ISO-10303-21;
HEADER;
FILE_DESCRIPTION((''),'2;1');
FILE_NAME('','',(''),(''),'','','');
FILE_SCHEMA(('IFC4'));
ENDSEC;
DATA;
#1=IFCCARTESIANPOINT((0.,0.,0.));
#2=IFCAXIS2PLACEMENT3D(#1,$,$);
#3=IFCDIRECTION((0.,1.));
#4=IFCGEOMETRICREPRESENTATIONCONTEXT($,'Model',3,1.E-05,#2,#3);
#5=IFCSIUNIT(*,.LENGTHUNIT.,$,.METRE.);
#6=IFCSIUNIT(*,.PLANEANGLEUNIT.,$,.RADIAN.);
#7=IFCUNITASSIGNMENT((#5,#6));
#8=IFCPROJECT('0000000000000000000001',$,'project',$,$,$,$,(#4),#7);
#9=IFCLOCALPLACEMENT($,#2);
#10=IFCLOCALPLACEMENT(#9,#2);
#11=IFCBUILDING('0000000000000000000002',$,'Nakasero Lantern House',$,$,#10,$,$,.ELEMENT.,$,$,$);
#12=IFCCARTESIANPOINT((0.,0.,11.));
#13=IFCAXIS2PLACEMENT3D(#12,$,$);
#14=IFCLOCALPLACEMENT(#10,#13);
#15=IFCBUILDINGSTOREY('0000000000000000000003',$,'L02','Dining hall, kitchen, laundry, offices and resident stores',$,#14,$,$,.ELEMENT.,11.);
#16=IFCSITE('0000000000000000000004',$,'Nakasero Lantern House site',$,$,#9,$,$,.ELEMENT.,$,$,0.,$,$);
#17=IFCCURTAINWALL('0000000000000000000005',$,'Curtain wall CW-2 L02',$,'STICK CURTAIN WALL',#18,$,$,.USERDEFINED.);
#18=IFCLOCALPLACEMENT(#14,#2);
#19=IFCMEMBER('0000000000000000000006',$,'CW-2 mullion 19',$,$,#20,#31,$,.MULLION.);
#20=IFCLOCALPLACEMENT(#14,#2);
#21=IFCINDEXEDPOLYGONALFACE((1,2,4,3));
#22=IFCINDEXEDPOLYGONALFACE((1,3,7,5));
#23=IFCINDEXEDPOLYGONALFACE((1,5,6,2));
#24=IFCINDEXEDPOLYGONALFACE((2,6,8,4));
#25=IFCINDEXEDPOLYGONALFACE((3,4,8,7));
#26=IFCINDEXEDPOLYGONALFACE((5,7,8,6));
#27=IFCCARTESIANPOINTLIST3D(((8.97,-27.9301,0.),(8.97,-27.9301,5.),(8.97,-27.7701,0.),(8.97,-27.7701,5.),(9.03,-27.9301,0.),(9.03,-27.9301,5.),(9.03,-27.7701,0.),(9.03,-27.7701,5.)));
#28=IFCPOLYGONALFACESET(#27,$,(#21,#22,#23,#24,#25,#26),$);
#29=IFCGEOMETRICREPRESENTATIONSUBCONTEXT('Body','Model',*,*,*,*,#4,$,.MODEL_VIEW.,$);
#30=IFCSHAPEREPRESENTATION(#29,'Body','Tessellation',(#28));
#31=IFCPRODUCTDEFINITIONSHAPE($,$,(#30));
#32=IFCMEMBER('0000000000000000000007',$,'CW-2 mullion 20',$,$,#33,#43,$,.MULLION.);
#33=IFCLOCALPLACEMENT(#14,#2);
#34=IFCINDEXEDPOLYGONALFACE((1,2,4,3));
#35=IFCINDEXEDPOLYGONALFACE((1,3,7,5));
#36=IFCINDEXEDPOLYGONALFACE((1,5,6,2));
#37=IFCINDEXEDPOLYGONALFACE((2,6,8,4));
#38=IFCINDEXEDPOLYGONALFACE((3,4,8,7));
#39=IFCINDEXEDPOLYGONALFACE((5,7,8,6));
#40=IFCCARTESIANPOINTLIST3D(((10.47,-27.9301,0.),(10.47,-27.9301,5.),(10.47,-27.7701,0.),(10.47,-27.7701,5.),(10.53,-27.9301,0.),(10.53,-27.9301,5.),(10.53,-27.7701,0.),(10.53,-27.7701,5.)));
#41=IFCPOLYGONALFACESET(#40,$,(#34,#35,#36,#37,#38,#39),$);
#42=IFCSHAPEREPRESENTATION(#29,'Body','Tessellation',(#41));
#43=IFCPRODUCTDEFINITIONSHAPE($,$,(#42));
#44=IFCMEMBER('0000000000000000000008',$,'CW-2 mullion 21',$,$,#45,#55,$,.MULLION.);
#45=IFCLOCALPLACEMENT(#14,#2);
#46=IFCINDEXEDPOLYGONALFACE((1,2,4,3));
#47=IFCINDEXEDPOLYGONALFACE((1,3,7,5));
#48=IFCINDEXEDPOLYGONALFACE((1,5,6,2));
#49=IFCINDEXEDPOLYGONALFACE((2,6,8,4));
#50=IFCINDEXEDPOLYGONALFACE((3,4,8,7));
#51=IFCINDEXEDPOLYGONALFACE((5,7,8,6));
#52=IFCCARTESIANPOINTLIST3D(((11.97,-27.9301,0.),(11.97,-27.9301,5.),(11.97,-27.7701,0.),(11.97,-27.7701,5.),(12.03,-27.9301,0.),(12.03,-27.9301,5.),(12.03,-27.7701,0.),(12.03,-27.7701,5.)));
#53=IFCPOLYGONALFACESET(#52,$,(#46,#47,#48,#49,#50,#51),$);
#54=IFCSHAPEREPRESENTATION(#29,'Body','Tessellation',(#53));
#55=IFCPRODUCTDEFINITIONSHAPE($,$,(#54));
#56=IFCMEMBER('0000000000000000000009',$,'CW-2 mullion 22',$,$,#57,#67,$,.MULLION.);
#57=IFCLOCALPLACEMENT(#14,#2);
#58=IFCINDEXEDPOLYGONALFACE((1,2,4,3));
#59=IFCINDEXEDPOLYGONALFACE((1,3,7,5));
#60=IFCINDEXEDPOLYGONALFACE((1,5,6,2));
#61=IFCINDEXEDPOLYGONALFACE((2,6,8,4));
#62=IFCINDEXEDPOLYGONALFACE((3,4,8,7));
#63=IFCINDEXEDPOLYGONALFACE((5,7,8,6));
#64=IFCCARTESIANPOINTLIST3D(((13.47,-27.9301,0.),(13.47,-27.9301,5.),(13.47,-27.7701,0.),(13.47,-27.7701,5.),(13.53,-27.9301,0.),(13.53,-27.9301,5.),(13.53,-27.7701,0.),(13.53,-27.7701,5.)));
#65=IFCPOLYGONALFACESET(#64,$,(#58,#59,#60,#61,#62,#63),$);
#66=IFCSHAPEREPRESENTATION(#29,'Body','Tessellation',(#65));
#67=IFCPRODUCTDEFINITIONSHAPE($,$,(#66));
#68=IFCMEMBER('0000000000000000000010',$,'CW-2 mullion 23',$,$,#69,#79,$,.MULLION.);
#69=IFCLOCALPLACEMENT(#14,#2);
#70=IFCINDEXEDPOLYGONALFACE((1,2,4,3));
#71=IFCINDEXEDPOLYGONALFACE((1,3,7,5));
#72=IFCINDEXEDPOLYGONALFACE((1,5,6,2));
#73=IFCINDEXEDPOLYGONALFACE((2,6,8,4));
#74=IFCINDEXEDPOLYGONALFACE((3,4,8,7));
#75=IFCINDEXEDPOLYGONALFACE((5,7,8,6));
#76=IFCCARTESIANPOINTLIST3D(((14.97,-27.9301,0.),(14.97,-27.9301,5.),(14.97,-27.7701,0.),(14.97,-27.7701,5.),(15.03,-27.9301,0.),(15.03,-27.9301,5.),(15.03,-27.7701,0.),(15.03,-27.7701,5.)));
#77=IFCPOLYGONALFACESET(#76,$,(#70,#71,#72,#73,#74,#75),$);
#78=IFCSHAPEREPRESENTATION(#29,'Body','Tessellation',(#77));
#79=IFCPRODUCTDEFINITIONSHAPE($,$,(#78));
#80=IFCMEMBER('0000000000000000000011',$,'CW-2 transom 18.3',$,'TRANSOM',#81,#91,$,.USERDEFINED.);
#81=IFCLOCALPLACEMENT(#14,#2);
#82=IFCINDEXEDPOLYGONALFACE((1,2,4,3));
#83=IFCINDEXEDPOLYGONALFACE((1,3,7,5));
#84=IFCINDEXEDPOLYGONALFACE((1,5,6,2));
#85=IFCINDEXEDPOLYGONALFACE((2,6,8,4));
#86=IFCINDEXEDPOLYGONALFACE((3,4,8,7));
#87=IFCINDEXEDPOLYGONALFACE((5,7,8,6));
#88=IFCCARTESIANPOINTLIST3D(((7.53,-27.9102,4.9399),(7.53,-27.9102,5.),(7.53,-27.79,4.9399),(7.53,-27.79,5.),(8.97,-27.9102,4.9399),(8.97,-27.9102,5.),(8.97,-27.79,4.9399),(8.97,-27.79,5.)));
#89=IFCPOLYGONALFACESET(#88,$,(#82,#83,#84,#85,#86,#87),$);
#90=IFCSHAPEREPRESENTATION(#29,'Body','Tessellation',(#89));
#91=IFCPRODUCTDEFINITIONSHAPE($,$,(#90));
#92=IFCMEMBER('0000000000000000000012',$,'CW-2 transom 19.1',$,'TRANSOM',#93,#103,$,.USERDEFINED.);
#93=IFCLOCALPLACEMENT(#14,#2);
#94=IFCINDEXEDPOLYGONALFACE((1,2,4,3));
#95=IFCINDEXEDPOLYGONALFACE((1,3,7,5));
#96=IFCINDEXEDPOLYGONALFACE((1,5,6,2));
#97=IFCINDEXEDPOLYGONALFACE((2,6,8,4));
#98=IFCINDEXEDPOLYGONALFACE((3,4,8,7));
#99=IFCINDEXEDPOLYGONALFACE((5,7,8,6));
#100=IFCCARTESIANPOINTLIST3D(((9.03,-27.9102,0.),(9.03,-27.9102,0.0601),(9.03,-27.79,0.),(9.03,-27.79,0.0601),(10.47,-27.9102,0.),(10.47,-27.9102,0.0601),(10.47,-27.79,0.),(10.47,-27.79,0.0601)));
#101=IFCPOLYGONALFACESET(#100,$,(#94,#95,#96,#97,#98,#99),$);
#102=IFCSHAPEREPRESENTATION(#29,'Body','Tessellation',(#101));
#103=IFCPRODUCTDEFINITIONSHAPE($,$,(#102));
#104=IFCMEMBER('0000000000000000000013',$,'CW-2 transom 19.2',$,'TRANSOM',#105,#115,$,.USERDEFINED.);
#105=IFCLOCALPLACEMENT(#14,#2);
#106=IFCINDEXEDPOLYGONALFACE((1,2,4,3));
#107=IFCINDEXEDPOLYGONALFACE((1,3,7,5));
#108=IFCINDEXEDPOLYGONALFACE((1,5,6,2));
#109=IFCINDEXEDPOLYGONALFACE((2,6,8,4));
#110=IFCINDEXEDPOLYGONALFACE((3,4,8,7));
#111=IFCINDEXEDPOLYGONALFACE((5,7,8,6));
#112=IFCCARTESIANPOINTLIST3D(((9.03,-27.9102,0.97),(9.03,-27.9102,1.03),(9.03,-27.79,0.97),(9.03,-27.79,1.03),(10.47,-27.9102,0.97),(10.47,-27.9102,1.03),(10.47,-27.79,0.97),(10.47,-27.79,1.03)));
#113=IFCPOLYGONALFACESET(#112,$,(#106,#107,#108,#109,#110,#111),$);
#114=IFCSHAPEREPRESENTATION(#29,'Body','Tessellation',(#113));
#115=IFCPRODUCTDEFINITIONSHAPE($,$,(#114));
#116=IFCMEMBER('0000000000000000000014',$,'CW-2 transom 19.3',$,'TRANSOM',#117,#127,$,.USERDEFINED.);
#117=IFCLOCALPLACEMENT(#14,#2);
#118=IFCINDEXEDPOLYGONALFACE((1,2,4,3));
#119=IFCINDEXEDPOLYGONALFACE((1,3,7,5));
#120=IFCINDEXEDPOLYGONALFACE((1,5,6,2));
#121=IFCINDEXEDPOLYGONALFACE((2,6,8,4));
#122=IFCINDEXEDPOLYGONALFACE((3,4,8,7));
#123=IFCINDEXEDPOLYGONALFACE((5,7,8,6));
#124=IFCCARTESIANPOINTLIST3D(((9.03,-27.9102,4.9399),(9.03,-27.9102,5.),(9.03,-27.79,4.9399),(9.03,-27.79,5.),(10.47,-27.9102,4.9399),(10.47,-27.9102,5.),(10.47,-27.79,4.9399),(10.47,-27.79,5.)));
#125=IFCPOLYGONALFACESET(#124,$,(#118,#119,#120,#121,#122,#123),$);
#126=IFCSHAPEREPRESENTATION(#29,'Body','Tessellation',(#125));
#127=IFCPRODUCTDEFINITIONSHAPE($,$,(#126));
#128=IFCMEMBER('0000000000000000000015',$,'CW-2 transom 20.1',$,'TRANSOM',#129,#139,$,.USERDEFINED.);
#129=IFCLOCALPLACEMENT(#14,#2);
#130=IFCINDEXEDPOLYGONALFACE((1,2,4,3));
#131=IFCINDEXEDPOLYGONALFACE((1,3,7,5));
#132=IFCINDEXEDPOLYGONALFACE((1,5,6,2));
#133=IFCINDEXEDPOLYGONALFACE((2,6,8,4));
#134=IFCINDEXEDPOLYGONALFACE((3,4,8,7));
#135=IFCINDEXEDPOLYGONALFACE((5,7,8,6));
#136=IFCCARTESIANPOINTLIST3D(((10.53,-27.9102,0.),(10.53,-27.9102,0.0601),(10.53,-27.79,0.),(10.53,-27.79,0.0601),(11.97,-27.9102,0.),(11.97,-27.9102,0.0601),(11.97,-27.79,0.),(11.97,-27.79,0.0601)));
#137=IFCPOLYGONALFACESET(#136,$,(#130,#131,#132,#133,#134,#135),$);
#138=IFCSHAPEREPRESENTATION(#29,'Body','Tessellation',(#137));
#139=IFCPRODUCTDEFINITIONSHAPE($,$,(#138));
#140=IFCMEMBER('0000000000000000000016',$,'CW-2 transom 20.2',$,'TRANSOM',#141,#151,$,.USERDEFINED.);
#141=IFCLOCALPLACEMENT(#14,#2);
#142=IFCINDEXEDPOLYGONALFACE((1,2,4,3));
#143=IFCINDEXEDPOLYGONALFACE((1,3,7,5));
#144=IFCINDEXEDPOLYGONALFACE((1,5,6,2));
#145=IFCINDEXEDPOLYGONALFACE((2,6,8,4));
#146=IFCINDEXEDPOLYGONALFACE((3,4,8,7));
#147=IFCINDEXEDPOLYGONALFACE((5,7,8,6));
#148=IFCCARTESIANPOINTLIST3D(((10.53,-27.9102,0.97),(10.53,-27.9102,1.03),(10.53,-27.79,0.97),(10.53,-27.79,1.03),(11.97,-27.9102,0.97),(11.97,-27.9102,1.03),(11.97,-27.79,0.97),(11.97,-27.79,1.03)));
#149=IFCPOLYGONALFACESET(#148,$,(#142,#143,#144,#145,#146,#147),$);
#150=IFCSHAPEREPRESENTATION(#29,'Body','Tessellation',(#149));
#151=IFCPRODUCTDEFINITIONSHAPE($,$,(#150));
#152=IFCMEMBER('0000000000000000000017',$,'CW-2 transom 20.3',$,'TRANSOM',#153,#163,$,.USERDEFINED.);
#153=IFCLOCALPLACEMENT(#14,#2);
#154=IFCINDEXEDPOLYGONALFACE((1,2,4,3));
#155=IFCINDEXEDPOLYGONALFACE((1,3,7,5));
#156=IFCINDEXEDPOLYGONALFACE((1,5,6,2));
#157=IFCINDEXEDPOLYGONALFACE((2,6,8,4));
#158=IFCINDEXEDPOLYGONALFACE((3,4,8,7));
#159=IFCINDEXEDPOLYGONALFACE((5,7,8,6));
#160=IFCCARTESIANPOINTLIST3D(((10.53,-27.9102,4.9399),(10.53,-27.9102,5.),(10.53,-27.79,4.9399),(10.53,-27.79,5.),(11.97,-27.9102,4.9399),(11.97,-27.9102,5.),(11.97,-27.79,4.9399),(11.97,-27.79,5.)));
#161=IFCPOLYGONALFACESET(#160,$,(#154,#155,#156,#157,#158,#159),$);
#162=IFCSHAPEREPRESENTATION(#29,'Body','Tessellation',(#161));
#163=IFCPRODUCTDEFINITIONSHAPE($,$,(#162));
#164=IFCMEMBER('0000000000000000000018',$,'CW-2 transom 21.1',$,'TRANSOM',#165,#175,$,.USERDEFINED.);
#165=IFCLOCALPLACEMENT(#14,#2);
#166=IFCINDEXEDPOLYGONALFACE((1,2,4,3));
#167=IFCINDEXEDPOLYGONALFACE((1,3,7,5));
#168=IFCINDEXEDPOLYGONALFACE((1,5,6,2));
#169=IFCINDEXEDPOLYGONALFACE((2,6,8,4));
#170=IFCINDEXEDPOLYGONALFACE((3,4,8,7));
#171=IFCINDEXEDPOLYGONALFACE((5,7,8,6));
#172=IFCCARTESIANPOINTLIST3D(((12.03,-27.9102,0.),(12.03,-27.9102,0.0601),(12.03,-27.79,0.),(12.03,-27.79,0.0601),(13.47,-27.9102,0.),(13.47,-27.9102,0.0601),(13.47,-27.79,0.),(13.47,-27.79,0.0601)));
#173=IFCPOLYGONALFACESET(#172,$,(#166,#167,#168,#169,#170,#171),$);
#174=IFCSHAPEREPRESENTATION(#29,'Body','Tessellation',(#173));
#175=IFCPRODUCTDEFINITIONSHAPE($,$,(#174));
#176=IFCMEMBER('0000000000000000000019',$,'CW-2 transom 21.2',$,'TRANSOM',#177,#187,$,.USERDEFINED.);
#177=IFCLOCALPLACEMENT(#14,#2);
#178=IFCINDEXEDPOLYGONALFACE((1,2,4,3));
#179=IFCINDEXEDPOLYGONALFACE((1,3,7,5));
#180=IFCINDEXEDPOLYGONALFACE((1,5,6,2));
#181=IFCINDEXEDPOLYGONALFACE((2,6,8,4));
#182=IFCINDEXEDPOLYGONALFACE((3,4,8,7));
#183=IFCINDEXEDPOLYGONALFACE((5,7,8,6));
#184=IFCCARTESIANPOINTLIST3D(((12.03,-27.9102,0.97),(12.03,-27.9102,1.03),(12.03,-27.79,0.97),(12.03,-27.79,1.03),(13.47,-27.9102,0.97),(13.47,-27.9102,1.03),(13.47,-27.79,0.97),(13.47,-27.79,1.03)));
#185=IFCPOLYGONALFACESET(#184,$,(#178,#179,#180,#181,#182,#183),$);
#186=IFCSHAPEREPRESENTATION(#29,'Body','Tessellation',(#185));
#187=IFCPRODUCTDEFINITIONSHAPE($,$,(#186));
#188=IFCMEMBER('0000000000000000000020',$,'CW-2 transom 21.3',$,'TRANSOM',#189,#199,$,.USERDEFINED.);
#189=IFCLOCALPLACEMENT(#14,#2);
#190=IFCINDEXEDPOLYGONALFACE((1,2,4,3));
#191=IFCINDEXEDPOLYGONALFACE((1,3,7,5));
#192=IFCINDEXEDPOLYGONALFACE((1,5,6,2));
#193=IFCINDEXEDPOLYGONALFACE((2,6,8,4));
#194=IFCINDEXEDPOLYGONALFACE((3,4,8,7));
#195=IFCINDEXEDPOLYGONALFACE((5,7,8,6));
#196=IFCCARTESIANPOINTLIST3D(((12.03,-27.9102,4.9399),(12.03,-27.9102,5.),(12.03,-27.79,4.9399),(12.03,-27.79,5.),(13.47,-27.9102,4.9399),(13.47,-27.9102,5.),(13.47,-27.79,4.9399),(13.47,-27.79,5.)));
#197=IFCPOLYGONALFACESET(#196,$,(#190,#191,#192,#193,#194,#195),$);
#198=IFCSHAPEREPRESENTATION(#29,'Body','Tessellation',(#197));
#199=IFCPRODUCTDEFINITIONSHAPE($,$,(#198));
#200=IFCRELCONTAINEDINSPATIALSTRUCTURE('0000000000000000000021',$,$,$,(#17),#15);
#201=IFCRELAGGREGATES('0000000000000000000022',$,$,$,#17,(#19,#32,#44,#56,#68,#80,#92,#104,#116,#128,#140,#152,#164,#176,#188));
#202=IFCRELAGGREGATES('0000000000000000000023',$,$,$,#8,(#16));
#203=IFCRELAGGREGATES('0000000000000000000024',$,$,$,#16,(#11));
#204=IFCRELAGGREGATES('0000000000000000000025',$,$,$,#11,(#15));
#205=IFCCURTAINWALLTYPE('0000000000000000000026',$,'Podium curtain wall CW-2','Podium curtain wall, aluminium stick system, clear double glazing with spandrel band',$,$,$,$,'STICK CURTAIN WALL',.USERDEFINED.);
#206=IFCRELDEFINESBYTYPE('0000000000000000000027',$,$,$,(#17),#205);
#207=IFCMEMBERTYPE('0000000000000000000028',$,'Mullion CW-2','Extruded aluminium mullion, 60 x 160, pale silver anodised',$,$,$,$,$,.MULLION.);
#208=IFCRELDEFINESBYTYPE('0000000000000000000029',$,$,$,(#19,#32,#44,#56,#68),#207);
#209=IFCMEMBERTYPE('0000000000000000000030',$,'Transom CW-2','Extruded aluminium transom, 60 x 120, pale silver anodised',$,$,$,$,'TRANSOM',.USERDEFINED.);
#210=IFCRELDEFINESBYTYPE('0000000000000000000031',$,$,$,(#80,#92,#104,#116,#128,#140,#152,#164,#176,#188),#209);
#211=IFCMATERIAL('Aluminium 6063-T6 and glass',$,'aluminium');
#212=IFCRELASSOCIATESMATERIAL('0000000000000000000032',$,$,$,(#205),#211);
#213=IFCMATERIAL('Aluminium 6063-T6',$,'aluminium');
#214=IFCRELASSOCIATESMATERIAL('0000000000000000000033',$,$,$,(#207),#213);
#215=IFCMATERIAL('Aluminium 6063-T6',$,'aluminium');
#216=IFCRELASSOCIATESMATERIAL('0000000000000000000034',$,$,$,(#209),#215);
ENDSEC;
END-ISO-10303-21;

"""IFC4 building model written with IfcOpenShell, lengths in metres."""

from ifc_helpers import new_model, si_unit, direction, frame, origin, origin_2d, place, context, subcontext, project, spatial, rectangle, extrude, material, material_profile, profile_set, type_object, element, aggregate, save


model = new_model("IFC4")

# Units and contexts
model_context = context("Model", 3, precision=1e-05, world=origin(), true_north=direction((0.0, 1.0)))
body_context = subcontext(model_context, "Body", "Model", "MODEL_VIEW")
ifc_project = project(units=[si_unit("LENGTHUNIT", "METRE"), si_unit("PLANEANGLEUNIT", "RADIAN")], contexts=[model_context])

# Site, building, storey
site_placement = place(None, origin())
site = spatial("IfcSite", under=ifc_project, at=site_placement, Name="Nakasero Lantern House site", CompositionType="ELEMENT", RefElevation=0.0)
building_placement = place(site_placement, origin())
building = spatial("IfcBuilding", under=site, at=building_placement, Name="Nakasero Lantern House", CompositionType="ELEMENT")
storey_placement = place(building_placement, frame((0.0, 0.0, 11.0)))
storey = spatial("IfcBuildingStorey", under=building, at=storey_placement, Name="L02", Description="Dining hall, kitchen, laundry, offices and resident stores", CompositionType="ELEMENT", Elevation=11.0)

# Curtain wall, members
ifc_material_1 = material(Name="Aluminium 6063-T6 and glass", Category="aluminium")
curtain_wall_type = type_object("IfcCurtainWallType", Name="Podium curtain wall CW-2", Description="Podium curtain wall, aluminium stick system, clear double glazing with spandrel band", ElementType="STICK CURTAIN WALL", PredefinedType="USERDEFINED", material=ifc_material_1)
curtain_wall_placement = place(storey_placement, origin())
curtain_wall = element("IfcCurtainWall", 1, at=curtain_wall_placement, inside=storey, type_object=curtain_wall_type, Name="Curtain wall CW-2 L02", ObjectType="STICK CURTAIN WALL", PredefinedType="USERDEFINED")
ifc_material_2 = material(Name="Aluminium 6063-T6", Category="aluminium")
ifc_material_profile_1 = material_profile(ifc_material_2, rectangle(XDim=0.0601, YDim=0.1599, at=origin_2d()), Name="CW-2 mullion 60x160")
ifc_profile_set_1 = profile_set([ifc_material_profile_1], Name="Aluminium 6063-T6")
member_type_1 = type_object("IfcMemberType", Name="Mullion CW-2", Description="Extruded aluminium mullion, 60 x 160, pale silver anodised", PredefinedType="MULLION", material=ifc_profile_set_1)
member_1_placement = place(storey_placement, frame((9.0, -27.8501, 0.0), z_axis=(0.0, 0.0, 1.0), x_axis=(1.0, 0.0, 0.0)))
member_1 = element("IfcMember", 2, at=member_1_placement, type_object=member_type_1, Name="CW-2 mullion 19", PredefinedType="MULLION", context=body_context, shape_type="SweptSolid", body=[
    extrude(rectangle(XDim=0.0601, YDim=0.1599, at=origin_2d()), origin(), (0.0, 0.0, 1.0), 5.0),
])
member_2_placement = place(storey_placement, frame((10.5, -27.8501, 0.0), z_axis=(0.0, 0.0, 1.0), x_axis=(1.0, 0.0, 0.0)))
member_2 = element("IfcMember", 3, at=member_2_placement, type_object=member_type_1, Name="CW-2 mullion 20", PredefinedType="MULLION", context=body_context, shape_type="SweptSolid", body=[
    extrude(rectangle(XDim=0.0601, YDim=0.1599, at=origin_2d()), origin(), (0.0, 0.0, 1.0), 5.0),
])
member_3_placement = place(storey_placement, frame((12.0, -27.8501, 0.0), z_axis=(0.0, 0.0, 1.0), x_axis=(1.0, 0.0, 0.0)))
member_3 = element("IfcMember", 4, at=member_3_placement, type_object=member_type_1, Name="CW-2 mullion 21", PredefinedType="MULLION", context=body_context, shape_type="SweptSolid", body=[
    extrude(rectangle(XDim=0.0601, YDim=0.1599, at=origin_2d()), origin(), (0.0, 0.0, 1.0), 5.0),
])
member_4_placement = place(storey_placement, frame((13.5, -27.8501, 0.0), z_axis=(0.0, 0.0, 1.0), x_axis=(1.0, 0.0, 0.0)))
member_4 = element("IfcMember", 5, at=member_4_placement, type_object=member_type_1, Name="CW-2 mullion 22", PredefinedType="MULLION", context=body_context, shape_type="SweptSolid", body=[
    extrude(rectangle(XDim=0.0601, YDim=0.1599, at=origin_2d()), origin(), (0.0, 0.0, 1.0), 5.0),
])
member_5_placement = place(storey_placement, frame((15.0, -27.8501, 0.0), z_axis=(0.0, 0.0, 1.0), x_axis=(1.0, 0.0, 0.0)))
member_5 = element("IfcMember", 6, at=member_5_placement, type_object=member_type_1, Name="CW-2 mullion 23", PredefinedType="MULLION", context=body_context, shape_type="SweptSolid", body=[
    extrude(rectangle(XDim=0.0601, YDim=0.1599, at=origin_2d()), origin(), (0.0, 0.0, 1.0), 5.0),
])
ifc_material_3 = material(Name="Aluminium 6063-T6", Category="aluminium")
ifc_material_profile_2 = material_profile(ifc_material_3, rectangle(XDim=0.0601, YDim=0.1201, at=origin_2d()), Name="CW-2 transom 60x120")
ifc_profile_set_2 = profile_set([ifc_material_profile_2], Name="Aluminium 6063-T6")
member_type_2 = type_object("IfcMemberType", Name="Transom CW-2", Description="Extruded aluminium transom, 60 x 120, pale silver anodised", ElementType="TRANSOM", PredefinedType="USERDEFINED", material=ifc_profile_set_2)
member_6_placement = place(storey_placement, frame((7.53, -27.8501, 4.97), z_axis=(1.0, 0.0, 0.0), x_axis=(0.0, 0.0, 1.0)))
member_6 = element("IfcMember", 7, at=member_6_placement, type_object=member_type_2, Name="CW-2 transom 18.3", ObjectType="TRANSOM", PredefinedType="USERDEFINED", context=body_context, shape_type="SweptSolid", body=[
    extrude(rectangle(XDim=0.0601, YDim=0.1201, at=origin_2d()), origin(), (0.0, 0.0, 1.0), 1.4399),
])
member_7_placement = place(storey_placement, frame((9.03, -27.8501, 0.03), z_axis=(1.0, 0.0, 0.0), x_axis=(0.0, 0.0, 1.0)))
member_7 = element("IfcMember", 8, at=member_7_placement, type_object=member_type_2, Name="CW-2 transom 19.1", ObjectType="TRANSOM", PredefinedType="USERDEFINED", context=body_context, shape_type="SweptSolid", body=[
    extrude(rectangle(XDim=0.0601, YDim=0.1201, at=origin_2d()), origin(), (0.0, 0.0, 1.0), 1.4399),
])
member_8_placement = place(storey_placement, frame((9.03, -27.8501, 1.0), z_axis=(1.0, 0.0, 0.0), x_axis=(0.0, 0.0, 1.0)))
member_8 = element("IfcMember", 9, at=member_8_placement, type_object=member_type_2, Name="CW-2 transom 19.2", ObjectType="TRANSOM", PredefinedType="USERDEFINED", context=body_context, shape_type="SweptSolid", body=[
    extrude(rectangle(XDim=0.0601, YDim=0.1201, at=origin_2d()), origin(), (0.0, 0.0, 1.0), 1.4399),
])
member_9_placement = place(storey_placement, frame((9.03, -27.8501, 4.97), z_axis=(1.0, 0.0, 0.0), x_axis=(0.0, 0.0, 1.0)))
member_9 = element("IfcMember", 10, at=member_9_placement, type_object=member_type_2, Name="CW-2 transom 19.3", ObjectType="TRANSOM", PredefinedType="USERDEFINED", context=body_context, shape_type="SweptSolid", body=[
    extrude(rectangle(XDim=0.0601, YDim=0.1201, at=origin_2d()), origin(), (0.0, 0.0, 1.0), 1.4399),
])
member_10_placement = place(storey_placement, frame((10.53, -27.8501, 0.03), z_axis=(1.0, 0.0, 0.0), x_axis=(0.0, 0.0, 1.0)))
member_10 = element("IfcMember", 11, at=member_10_placement, type_object=member_type_2, Name="CW-2 transom 20.1", ObjectType="TRANSOM", PredefinedType="USERDEFINED", context=body_context, shape_type="SweptSolid", body=[
    extrude(rectangle(XDim=0.0601, YDim=0.1201, at=origin_2d()), origin(), (0.0, 0.0, 1.0), 1.4399),
])
member_11_placement = place(storey_placement, frame((10.53, -27.8501, 1.0), z_axis=(1.0, 0.0, 0.0), x_axis=(0.0, 0.0, 1.0)))
member_11 = element("IfcMember", 12, at=member_11_placement, type_object=member_type_2, Name="CW-2 transom 20.2", ObjectType="TRANSOM", PredefinedType="USERDEFINED", context=body_context, shape_type="SweptSolid", body=[
    extrude(rectangle(XDim=0.0601, YDim=0.1201, at=origin_2d()), origin(), (0.0, 0.0, 1.0), 1.4399),
])
member_12_placement = place(storey_placement, frame((10.53, -27.8501, 4.97), z_axis=(1.0, 0.0, 0.0), x_axis=(0.0, 0.0, 1.0)))
member_12 = element("IfcMember", 13, at=member_12_placement, type_object=member_type_2, Name="CW-2 transom 20.3", ObjectType="TRANSOM", PredefinedType="USERDEFINED", context=body_context, shape_type="SweptSolid", body=[
    extrude(rectangle(XDim=0.0601, YDim=0.1201, at=origin_2d()), origin(), (0.0, 0.0, 1.0), 1.4399),
])
member_13_placement = place(storey_placement, frame((12.03, -27.8501, 0.03), z_axis=(1.0, 0.0, 0.0), x_axis=(0.0, 0.0, 1.0)))
member_13 = element("IfcMember", 14, at=member_13_placement, type_object=member_type_2, Name="CW-2 transom 21.1", ObjectType="TRANSOM", PredefinedType="USERDEFINED", context=body_context, shape_type="SweptSolid", body=[
    extrude(rectangle(XDim=0.0601, YDim=0.1201, at=origin_2d()), origin(), (0.0, 0.0, 1.0), 1.4399),
])
member_14_placement = place(storey_placement, frame((12.03, -27.8501, 1.0), z_axis=(1.0, 0.0, 0.0), x_axis=(0.0, 0.0, 1.0)))
member_14 = element("IfcMember", 15, at=member_14_placement, type_object=member_type_2, Name="CW-2 transom 21.2", ObjectType="TRANSOM", PredefinedType="USERDEFINED", context=body_context, shape_type="SweptSolid", body=[
    extrude(rectangle(XDim=0.0601, YDim=0.1201, at=origin_2d()), origin(), (0.0, 0.0, 1.0), 1.4399),
])
member_15_placement = place(storey_placement, frame((12.03, -27.8501, 4.97), z_axis=(1.0, 0.0, 0.0), x_axis=(0.0, 0.0, 1.0)))
member_15 = element("IfcMember", 16, at=member_15_placement, type_object=member_type_2, Name="CW-2 transom 21.3", ObjectType="TRANSOM", PredefinedType="USERDEFINED", context=body_context, shape_type="SweptSolid", body=[
    extrude(rectangle(XDim=0.0601, YDim=0.1201, at=origin_2d()), origin(), (0.0, 0.0, 1.0), 1.4399),
])
aggregate(curtain_wall, [member_1, member_2, member_3, member_4, member_5, member_6, member_7, member_8, member_9, member_10, member_11, member_12, member_13, member_14, member_15])

save(model, "model.ifc")
